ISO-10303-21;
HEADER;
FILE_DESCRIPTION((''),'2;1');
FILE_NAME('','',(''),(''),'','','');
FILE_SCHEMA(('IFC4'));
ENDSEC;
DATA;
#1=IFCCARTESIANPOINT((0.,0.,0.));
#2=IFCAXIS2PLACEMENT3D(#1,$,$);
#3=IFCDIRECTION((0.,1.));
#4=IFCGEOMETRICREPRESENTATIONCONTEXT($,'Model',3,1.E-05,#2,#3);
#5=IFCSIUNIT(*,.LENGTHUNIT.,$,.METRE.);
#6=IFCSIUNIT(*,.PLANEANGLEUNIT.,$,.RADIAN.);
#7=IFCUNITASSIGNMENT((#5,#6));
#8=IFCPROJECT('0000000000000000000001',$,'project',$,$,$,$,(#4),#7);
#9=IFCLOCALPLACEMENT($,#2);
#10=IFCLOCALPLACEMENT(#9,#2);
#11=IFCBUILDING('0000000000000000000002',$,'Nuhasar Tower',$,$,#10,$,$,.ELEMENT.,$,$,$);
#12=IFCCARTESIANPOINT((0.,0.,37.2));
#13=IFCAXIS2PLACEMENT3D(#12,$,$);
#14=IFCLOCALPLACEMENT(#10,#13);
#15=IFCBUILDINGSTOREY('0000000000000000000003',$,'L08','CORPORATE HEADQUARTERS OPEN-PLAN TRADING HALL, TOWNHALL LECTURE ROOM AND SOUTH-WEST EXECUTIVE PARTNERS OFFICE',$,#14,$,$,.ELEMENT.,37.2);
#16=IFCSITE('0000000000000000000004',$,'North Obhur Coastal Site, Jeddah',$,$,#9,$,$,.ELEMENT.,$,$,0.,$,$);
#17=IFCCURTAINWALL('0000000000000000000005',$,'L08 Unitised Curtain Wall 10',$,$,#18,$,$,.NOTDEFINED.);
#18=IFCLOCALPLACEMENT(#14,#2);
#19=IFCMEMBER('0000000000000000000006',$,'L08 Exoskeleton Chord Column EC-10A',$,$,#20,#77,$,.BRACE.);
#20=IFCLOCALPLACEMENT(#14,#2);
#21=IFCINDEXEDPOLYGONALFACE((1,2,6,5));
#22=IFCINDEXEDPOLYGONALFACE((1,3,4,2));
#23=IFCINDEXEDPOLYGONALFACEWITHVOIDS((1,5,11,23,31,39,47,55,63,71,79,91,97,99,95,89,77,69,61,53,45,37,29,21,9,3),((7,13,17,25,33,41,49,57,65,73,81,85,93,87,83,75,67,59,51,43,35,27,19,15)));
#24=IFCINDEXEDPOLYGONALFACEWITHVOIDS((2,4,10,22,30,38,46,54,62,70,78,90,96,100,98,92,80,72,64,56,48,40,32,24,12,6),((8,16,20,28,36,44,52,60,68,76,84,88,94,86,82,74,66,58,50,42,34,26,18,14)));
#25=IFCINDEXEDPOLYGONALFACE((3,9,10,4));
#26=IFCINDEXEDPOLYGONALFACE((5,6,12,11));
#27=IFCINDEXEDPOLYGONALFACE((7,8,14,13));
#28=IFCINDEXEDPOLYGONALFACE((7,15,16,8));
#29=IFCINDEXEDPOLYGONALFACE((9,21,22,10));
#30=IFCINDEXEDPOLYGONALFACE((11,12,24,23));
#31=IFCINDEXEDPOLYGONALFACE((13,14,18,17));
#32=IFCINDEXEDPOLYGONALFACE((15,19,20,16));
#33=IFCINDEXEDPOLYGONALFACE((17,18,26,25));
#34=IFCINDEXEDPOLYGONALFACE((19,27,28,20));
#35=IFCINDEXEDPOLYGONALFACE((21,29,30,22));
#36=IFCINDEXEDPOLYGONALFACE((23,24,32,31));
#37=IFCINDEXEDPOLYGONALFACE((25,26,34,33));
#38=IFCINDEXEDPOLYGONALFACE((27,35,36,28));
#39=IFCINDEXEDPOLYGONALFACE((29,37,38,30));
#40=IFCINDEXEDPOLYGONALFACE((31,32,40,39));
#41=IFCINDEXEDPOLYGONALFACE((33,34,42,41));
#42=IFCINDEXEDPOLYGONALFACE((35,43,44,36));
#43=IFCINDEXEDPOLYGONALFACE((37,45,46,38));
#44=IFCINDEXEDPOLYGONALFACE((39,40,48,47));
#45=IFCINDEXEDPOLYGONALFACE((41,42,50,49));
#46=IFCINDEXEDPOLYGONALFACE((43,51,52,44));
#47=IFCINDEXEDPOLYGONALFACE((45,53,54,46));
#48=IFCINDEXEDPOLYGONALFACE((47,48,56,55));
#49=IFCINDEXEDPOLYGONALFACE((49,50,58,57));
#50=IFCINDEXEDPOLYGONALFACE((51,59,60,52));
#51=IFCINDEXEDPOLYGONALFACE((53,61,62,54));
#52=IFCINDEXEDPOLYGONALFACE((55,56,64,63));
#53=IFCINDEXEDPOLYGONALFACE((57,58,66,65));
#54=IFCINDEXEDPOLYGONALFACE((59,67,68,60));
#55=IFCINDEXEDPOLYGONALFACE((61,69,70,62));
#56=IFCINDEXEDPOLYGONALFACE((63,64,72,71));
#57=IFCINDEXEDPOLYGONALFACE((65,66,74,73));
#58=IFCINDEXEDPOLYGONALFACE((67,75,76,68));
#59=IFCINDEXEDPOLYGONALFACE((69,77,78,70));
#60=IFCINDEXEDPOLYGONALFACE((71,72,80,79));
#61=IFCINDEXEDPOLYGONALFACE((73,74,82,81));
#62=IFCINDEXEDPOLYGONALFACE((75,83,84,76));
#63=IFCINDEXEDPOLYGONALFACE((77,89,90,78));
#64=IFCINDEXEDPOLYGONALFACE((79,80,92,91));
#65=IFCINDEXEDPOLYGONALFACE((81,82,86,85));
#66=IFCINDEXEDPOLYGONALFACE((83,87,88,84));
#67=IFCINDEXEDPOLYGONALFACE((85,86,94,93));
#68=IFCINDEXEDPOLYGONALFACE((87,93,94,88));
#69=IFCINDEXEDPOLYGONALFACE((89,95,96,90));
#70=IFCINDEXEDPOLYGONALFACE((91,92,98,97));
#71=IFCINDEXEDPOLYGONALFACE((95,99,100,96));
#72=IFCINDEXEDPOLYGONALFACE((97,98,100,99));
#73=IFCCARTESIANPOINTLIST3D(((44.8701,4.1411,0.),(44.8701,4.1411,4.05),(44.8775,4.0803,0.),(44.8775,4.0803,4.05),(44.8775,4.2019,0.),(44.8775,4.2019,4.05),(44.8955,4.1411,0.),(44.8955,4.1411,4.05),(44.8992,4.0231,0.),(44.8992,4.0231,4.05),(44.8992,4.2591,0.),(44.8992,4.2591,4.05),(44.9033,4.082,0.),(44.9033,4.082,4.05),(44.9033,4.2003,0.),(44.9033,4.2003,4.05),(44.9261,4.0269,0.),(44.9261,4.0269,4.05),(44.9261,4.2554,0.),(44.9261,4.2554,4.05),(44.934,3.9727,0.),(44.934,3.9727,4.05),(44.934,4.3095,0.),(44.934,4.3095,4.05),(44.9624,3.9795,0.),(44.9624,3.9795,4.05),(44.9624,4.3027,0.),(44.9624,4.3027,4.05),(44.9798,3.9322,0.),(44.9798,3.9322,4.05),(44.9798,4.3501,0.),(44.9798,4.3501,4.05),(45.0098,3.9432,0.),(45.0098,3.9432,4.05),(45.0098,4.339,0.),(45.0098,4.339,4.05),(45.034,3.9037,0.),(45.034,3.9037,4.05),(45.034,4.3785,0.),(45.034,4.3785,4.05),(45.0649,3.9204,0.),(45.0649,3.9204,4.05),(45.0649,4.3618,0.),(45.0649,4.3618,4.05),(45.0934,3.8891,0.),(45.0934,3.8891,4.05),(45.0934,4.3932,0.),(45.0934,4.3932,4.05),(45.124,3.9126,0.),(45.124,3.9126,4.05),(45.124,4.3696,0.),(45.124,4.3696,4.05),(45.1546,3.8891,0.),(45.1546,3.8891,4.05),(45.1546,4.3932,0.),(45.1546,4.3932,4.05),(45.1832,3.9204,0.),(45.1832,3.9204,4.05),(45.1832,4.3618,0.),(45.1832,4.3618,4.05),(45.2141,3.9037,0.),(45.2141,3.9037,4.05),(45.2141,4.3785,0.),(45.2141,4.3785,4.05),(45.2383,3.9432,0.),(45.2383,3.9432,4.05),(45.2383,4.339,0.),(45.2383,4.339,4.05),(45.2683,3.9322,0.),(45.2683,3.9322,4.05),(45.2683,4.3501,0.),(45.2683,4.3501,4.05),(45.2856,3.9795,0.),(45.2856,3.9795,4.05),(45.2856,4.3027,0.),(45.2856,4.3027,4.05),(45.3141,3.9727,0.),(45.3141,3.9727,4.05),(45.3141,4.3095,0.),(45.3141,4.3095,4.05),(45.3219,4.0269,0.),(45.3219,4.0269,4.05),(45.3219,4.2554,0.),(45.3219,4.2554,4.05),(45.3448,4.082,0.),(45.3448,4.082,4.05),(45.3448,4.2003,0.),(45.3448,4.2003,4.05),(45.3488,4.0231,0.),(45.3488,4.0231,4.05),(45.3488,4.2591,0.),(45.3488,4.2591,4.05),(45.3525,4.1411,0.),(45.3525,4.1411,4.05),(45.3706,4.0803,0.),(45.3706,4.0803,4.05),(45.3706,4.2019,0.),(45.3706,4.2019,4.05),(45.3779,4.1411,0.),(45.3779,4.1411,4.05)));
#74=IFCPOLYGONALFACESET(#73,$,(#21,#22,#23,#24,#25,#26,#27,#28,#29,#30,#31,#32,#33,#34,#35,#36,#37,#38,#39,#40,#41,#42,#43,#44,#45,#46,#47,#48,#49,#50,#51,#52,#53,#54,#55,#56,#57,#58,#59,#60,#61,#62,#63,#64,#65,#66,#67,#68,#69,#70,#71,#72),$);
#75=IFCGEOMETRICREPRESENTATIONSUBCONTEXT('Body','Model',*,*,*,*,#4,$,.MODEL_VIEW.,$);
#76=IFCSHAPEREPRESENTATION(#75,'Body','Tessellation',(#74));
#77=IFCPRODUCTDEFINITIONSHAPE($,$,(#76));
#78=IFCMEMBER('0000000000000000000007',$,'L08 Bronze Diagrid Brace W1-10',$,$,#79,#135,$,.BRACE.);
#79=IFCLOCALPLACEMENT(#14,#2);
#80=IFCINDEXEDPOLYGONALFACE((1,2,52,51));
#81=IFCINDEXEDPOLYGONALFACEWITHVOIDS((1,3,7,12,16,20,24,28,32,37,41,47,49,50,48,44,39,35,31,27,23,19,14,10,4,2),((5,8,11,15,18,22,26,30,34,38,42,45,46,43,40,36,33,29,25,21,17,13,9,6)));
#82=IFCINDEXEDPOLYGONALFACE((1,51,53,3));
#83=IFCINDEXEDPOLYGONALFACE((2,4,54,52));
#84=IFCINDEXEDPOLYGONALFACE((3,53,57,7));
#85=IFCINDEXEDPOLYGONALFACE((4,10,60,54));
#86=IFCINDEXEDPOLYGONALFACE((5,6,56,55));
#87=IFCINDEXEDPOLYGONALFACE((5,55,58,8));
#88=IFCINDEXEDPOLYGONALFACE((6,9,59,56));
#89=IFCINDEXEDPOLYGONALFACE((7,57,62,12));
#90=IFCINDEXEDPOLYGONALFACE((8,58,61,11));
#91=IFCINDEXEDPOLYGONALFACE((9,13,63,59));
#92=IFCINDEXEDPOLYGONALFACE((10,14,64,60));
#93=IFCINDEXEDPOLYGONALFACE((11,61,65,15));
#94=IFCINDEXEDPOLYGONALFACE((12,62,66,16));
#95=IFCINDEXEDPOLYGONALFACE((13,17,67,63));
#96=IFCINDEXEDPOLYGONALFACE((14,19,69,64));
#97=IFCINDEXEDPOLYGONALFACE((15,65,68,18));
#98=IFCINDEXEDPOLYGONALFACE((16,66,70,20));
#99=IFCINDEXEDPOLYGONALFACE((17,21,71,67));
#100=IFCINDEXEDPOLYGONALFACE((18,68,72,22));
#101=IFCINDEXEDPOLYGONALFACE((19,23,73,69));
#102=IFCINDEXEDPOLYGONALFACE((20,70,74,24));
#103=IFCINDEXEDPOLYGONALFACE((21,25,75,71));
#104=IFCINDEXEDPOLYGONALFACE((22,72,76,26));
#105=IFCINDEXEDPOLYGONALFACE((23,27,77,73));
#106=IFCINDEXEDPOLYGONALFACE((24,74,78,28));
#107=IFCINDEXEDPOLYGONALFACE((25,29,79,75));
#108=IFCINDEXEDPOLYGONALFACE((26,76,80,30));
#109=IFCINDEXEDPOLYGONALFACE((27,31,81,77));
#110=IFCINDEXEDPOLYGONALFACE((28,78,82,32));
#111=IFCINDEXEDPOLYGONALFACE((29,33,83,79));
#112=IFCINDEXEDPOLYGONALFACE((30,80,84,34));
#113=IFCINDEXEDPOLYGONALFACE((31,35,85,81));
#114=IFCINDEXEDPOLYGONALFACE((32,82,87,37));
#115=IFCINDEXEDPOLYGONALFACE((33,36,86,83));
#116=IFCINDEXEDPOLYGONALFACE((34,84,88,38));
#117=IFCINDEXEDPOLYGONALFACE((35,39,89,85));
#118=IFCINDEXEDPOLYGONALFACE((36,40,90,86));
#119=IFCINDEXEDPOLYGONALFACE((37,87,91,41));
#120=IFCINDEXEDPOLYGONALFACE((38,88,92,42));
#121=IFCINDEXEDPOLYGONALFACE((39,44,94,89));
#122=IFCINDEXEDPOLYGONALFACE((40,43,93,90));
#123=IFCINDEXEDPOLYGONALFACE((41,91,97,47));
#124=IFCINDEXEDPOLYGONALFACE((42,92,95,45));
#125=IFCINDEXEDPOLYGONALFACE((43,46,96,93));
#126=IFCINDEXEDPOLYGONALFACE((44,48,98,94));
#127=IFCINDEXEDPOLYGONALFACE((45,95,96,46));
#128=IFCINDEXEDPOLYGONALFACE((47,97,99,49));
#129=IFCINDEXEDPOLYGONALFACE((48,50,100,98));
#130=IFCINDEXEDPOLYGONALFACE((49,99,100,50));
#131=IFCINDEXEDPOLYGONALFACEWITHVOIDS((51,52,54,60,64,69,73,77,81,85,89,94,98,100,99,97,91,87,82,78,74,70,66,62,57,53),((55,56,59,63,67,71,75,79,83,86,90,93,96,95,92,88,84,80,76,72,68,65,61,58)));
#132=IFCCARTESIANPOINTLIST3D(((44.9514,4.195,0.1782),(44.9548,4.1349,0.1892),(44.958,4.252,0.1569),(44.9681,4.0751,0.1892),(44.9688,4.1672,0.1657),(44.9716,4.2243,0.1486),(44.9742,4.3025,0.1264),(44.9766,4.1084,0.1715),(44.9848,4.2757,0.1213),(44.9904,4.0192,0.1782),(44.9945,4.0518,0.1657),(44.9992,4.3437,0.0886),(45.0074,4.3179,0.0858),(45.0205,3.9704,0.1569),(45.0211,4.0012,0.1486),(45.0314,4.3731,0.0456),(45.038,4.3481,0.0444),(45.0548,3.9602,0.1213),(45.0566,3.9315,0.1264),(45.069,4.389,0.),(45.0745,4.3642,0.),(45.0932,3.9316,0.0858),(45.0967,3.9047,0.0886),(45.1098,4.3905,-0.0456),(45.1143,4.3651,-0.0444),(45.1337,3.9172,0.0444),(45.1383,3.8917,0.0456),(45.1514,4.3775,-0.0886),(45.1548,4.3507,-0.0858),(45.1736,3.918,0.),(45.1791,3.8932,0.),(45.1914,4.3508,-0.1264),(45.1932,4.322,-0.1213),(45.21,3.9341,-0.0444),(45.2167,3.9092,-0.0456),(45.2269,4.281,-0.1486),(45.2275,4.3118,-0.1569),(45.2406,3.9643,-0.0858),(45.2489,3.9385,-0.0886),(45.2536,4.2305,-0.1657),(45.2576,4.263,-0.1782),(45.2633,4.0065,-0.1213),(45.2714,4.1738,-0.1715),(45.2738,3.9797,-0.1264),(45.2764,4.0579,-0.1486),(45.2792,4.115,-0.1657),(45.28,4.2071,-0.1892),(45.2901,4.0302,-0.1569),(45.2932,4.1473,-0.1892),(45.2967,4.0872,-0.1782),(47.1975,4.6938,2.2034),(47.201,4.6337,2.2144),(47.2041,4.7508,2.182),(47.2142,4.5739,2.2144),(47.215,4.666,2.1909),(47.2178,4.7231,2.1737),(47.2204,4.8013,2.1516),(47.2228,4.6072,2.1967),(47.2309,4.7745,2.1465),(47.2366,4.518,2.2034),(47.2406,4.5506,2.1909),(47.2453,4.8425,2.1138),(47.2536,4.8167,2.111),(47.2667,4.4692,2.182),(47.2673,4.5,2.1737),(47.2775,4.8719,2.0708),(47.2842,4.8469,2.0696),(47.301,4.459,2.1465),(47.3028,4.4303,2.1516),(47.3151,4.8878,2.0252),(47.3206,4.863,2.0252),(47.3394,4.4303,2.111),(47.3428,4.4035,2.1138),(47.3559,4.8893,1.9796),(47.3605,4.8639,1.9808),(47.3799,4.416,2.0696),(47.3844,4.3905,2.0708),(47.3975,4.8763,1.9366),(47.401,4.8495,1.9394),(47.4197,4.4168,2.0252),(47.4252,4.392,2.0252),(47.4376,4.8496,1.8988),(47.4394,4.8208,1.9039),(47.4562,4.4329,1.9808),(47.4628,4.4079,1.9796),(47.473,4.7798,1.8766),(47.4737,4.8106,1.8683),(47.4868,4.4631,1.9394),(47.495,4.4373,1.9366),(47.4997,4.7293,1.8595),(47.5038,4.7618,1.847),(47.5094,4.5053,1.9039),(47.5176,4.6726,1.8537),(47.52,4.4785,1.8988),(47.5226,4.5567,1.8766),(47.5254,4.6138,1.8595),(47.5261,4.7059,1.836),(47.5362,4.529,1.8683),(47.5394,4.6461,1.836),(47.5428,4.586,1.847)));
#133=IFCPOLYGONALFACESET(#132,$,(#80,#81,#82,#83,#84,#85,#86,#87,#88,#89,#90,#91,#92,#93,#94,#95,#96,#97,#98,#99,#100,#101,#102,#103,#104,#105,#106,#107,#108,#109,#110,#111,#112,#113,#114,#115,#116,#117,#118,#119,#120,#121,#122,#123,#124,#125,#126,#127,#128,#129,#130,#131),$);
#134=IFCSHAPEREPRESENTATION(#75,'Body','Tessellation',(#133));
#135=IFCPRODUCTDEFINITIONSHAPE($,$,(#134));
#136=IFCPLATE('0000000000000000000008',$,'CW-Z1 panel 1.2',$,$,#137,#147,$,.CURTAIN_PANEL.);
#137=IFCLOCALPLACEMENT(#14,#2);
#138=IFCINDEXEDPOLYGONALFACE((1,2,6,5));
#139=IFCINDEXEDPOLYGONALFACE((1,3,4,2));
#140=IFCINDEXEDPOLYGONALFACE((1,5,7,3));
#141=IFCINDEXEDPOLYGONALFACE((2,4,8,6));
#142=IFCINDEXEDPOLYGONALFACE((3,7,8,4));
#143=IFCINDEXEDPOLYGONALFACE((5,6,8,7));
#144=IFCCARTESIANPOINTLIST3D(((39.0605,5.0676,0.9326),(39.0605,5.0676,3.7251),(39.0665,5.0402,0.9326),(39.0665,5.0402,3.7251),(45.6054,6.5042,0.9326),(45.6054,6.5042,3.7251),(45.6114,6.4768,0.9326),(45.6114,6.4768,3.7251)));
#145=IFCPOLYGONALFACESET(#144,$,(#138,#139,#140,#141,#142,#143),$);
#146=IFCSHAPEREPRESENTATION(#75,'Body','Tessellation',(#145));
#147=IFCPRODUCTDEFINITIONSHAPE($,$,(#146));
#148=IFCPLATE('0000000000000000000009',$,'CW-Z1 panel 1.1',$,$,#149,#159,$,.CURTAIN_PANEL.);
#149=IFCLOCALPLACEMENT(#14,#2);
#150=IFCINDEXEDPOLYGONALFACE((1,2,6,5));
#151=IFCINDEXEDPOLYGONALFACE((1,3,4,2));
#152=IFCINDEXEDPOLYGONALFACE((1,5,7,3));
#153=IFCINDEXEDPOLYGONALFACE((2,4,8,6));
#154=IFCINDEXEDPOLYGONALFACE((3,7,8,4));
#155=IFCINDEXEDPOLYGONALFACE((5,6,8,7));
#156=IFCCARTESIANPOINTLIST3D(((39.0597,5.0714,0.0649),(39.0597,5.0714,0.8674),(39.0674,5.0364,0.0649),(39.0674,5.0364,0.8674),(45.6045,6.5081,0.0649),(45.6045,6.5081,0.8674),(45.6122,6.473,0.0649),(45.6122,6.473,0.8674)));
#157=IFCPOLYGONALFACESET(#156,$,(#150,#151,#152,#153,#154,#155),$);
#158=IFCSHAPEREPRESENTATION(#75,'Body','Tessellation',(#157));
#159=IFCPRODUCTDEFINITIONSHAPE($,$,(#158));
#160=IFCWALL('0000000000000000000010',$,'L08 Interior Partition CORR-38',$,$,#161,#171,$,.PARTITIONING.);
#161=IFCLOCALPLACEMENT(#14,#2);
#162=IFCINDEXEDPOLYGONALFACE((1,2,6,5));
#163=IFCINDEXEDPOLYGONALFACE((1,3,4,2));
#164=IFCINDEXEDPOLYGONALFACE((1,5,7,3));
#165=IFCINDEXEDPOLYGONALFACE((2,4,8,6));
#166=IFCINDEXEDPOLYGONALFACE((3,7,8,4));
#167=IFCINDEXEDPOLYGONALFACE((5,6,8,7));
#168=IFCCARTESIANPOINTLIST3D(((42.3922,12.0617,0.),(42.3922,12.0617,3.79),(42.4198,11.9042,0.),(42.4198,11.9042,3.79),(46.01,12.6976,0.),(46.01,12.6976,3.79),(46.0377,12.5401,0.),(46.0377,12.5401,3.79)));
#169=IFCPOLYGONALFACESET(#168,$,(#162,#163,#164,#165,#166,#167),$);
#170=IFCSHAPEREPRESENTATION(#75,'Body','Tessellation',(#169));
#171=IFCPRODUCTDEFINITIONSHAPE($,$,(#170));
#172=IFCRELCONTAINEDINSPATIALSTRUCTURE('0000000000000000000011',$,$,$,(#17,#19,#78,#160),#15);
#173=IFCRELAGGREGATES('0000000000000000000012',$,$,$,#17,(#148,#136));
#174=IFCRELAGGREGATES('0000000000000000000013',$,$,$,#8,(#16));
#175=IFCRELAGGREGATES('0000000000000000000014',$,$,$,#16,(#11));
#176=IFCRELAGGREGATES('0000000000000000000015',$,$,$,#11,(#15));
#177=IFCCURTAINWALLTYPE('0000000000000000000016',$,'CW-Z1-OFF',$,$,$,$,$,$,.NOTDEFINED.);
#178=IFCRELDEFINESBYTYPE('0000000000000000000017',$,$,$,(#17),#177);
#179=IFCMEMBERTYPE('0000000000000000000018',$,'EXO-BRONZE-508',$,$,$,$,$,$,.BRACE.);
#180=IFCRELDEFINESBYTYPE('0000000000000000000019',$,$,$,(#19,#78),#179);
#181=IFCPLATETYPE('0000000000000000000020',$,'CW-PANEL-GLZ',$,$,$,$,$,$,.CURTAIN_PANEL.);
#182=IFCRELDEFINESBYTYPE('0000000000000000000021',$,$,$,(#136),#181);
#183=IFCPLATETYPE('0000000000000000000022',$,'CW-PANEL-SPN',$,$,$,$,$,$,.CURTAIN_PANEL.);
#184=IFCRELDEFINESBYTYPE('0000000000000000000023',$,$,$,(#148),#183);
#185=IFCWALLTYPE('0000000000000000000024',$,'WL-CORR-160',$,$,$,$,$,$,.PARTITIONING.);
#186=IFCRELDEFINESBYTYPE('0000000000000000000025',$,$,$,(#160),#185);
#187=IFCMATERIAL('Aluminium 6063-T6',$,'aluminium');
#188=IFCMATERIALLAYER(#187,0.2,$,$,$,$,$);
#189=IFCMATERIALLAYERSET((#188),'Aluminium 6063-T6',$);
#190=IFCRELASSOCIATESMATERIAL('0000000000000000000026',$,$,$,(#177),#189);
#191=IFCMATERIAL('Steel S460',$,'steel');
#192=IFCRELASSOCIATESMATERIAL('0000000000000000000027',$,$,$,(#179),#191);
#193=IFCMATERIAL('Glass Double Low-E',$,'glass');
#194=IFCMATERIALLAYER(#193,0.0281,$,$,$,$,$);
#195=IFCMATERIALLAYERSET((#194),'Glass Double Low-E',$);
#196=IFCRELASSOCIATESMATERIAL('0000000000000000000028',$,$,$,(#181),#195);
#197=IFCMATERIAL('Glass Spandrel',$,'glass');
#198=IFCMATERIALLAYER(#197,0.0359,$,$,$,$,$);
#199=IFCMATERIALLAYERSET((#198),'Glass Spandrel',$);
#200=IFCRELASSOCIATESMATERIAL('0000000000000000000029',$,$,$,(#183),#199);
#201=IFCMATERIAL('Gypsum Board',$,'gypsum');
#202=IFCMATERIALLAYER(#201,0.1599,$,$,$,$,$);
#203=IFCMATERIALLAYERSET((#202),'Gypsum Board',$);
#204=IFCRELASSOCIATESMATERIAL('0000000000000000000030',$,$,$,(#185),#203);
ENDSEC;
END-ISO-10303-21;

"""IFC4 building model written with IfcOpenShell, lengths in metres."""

from ifc_helpers import new_model, si_unit, direction, frame, frame_2d, origin, origin_2d, place, context, subcontext, project, spatial, rectangle, hollow_circle, extrude, material, layer, layer_set, material_profile, profile_set, type_object, element, aggregate, save


model = new_model("IFC4")

# Units and contexts
model_context = context("Model", 3, precision=1e-05, world=origin(), true_north=direction((0.0, 1.0)))
body_context = subcontext(model_context, "Body", "Model", "MODEL_VIEW")
ifc_project = project(units=[si_unit("LENGTHUNIT", "METRE"), si_unit("PLANEANGLEUNIT", "RADIAN")], contexts=[model_context])

# Site, building, storey
site_placement = place(None, origin())
site = spatial("IfcSite", under=ifc_project, at=site_placement, Name="North Obhur Coastal Site, Jeddah", CompositionType="ELEMENT", RefElevation=0.0)
building_placement = place(site_placement, origin())
building = spatial("IfcBuilding", under=site, at=building_placement, Name="Nuhasar Tower", CompositionType="ELEMENT")
storey_placement = place(building_placement, frame((0.0, 0.0, 37.2)))
storey = spatial("IfcBuildingStorey", under=building, at=storey_placement, Name="L08", Description="CORPORATE HEADQUARTERS OPEN-PLAN TRADING HALL, TOWNHALL LECTURE ROOM AND SOUTH-WEST EXECUTIVE PARTNERS OFFICE", CompositionType="ELEMENT", Elevation=37.2)

# Shared definitions
ifc_material_1 = material(Name="Aluminium 6063-T6", Category="aluminium")
ifc_layer_1 = layer(ifc_material_1, 0.2)
ifc_layer_set_1 = layer_set([ifc_layer_1], Name="Aluminium 6063-T6")
curtain_wall_type = type_object("IfcCurtainWallType", Name="CW-Z1-OFF", PredefinedType="NOTDEFINED", material=ifc_layer_set_1)

# Curtain wall
curtain_wall_1_placement = place(storey_placement, origin())
curtain_wall_1 = element("IfcCurtainWall", 1, at=curtain_wall_1_placement, inside=storey, type_object=curtain_wall_type, Name="L08 Unitised Curtain Wall 10", PredefinedType="NOTDEFINED")

# Members
ifc_material_2 = material(Name="Steel S460", Category="steel")
ifc_material_profile_1 = material_profile(ifc_material_2, hollow_circle(Radius=0.2539, WallThickness=0.0254, at=origin_2d()), Name="HSS508X25.4")
ifc_profile_set_1 = profile_set([ifc_material_profile_1], Name="Steel S460")
member_type_1 = type_object("IfcMemberType", Name="EXO-BRONZE-508", PredefinedType="BRACE", material=ifc_profile_set_1)
member_1_placement = place(storey_placement, frame((45.124, 4.1411, 0.0), z_axis=(0.0, 0.0, 1.0), x_axis=(1.0, 0.0, 0.0)))
element("IfcMember", 2, at=member_1_placement, inside=storey, type_object=member_type_1, Name="L08 Exoskeleton Chord Column EC-10A", PredefinedType="BRACE", context=body_context, shape_type="SweptSolid", body=[
    extrude(hollow_circle(Radius=0.2539, WallThickness=0.0254, at=origin_2d()), origin(), (0.0, 0.0, 1.0), 4.05),
])
member_2_placement = place(storey_placement, frame((45.124, 4.1411, 0.0), z_axis=(0.732792, 0.162728, 0.660708), x_axis=(-0.216784, 0.97622, 0.0)))
element("IfcMember", 3, at=member_2_placement, inside=storey, type_object=member_type_1, Name="L08 Bronze Diagrid Brace W1-10", PredefinedType="BRACE", context=body_context, shape_type="SweptSolid", body=[
    extrude(hollow_circle(Radius=0.2539, WallThickness=0.0254, at=origin_2d()), origin(), (0.0, 0.0, 1.0), 3.0652),
])

# Plates
ifc_material_3 = material(Name="Glass Double Low-E", Category="glass")
ifc_layer_2 = layer(ifc_material_3, 0.0281)
ifc_layer_set_2 = layer_set([ifc_layer_2], Name="Glass Double Low-E")
plate_type_1 = type_object("IfcPlateType", Name="CW-PANEL-GLZ", PredefinedType="CURTAIN_PANEL", material=ifc_layer_set_2)
plate_1_placement = place(storey_placement, frame((42.3359, 5.7722, 0.9326), z_axis=(0.0, 0.0, 1.0), x_axis=(0.976746, 0.214399, 0.0)))
plate_1 = element("IfcPlate", 4, at=plate_1_placement, type_object=plate_type_1, Name="CW-Z1 panel 1.2", PredefinedType="CURTAIN_PANEL", context=body_context, shape_type="SweptSolid", body=[
    extrude(rectangle(XDim=6.7007, YDim=0.0281, at=origin_2d()), origin(), (0.0, 0.0, 1.0), 2.7925),
])
ifc_material_4 = material(Name="Glass Spandrel", Category="glass")
ifc_layer_3 = layer(ifc_material_4, 0.0359)
ifc_layer_set_3 = layer_set([ifc_layer_3], Name="Glass Spandrel")
plate_type_2 = type_object("IfcPlateType", Name="CW-PANEL-SPN", PredefinedType="CURTAIN_PANEL", material=ifc_layer_set_3)
plate_2_placement = place(storey_placement, frame((42.3359, 5.7722, 0.0649), z_axis=(0.0, 0.0, 1.0), x_axis=(0.976746, 0.214399, 0.0)))
plate_2 = element("IfcPlate", 5, at=plate_2_placement, type_object=plate_type_2, Name="CW-Z1 panel 1.1", PredefinedType="CURTAIN_PANEL", context=body_context, shape_type="SweptSolid", body=[
    extrude(rectangle(XDim=6.7007, YDim=0.0359, at=origin_2d()), origin(), (0.0, 0.0, 1.0), 0.8025),
])
aggregate(curtain_wall_1, [plate_2, plate_1])

# Wall
ifc_material_5 = material(Name="Gypsum Board", Category="gypsum")
ifc_layer_4 = layer(ifc_material_5, 0.1599)
ifc_layer_set_4 = layer_set([ifc_layer_4], Name="Gypsum Board")
wall_type_1 = type_object("IfcWallType", Name="WL-CORR-160", PredefinedType="PARTITIONING", material=ifc_layer_set_4)
wall_1_placement = place(storey_placement, frame((42.406, 11.9829, 0.0), z_axis=(0.0, 0.0, 1.0), x_axis=(0.984898, 0.173133, 0.0)))
element("IfcWall", 6, at=wall_1_placement, inside=storey, type_object=wall_type_1, Name="L08 Interior Partition CORR-38", PredefinedType="PARTITIONING", context=body_context, shape_type="SweptSolid", body=[
    extrude(rectangle(XDim=3.6733, YDim=0.1599, at=frame_2d((1.8367, 0.0))), origin(), (0.0, 0.0, 1.0), 3.79),
])

save(model, "model.ifc")
